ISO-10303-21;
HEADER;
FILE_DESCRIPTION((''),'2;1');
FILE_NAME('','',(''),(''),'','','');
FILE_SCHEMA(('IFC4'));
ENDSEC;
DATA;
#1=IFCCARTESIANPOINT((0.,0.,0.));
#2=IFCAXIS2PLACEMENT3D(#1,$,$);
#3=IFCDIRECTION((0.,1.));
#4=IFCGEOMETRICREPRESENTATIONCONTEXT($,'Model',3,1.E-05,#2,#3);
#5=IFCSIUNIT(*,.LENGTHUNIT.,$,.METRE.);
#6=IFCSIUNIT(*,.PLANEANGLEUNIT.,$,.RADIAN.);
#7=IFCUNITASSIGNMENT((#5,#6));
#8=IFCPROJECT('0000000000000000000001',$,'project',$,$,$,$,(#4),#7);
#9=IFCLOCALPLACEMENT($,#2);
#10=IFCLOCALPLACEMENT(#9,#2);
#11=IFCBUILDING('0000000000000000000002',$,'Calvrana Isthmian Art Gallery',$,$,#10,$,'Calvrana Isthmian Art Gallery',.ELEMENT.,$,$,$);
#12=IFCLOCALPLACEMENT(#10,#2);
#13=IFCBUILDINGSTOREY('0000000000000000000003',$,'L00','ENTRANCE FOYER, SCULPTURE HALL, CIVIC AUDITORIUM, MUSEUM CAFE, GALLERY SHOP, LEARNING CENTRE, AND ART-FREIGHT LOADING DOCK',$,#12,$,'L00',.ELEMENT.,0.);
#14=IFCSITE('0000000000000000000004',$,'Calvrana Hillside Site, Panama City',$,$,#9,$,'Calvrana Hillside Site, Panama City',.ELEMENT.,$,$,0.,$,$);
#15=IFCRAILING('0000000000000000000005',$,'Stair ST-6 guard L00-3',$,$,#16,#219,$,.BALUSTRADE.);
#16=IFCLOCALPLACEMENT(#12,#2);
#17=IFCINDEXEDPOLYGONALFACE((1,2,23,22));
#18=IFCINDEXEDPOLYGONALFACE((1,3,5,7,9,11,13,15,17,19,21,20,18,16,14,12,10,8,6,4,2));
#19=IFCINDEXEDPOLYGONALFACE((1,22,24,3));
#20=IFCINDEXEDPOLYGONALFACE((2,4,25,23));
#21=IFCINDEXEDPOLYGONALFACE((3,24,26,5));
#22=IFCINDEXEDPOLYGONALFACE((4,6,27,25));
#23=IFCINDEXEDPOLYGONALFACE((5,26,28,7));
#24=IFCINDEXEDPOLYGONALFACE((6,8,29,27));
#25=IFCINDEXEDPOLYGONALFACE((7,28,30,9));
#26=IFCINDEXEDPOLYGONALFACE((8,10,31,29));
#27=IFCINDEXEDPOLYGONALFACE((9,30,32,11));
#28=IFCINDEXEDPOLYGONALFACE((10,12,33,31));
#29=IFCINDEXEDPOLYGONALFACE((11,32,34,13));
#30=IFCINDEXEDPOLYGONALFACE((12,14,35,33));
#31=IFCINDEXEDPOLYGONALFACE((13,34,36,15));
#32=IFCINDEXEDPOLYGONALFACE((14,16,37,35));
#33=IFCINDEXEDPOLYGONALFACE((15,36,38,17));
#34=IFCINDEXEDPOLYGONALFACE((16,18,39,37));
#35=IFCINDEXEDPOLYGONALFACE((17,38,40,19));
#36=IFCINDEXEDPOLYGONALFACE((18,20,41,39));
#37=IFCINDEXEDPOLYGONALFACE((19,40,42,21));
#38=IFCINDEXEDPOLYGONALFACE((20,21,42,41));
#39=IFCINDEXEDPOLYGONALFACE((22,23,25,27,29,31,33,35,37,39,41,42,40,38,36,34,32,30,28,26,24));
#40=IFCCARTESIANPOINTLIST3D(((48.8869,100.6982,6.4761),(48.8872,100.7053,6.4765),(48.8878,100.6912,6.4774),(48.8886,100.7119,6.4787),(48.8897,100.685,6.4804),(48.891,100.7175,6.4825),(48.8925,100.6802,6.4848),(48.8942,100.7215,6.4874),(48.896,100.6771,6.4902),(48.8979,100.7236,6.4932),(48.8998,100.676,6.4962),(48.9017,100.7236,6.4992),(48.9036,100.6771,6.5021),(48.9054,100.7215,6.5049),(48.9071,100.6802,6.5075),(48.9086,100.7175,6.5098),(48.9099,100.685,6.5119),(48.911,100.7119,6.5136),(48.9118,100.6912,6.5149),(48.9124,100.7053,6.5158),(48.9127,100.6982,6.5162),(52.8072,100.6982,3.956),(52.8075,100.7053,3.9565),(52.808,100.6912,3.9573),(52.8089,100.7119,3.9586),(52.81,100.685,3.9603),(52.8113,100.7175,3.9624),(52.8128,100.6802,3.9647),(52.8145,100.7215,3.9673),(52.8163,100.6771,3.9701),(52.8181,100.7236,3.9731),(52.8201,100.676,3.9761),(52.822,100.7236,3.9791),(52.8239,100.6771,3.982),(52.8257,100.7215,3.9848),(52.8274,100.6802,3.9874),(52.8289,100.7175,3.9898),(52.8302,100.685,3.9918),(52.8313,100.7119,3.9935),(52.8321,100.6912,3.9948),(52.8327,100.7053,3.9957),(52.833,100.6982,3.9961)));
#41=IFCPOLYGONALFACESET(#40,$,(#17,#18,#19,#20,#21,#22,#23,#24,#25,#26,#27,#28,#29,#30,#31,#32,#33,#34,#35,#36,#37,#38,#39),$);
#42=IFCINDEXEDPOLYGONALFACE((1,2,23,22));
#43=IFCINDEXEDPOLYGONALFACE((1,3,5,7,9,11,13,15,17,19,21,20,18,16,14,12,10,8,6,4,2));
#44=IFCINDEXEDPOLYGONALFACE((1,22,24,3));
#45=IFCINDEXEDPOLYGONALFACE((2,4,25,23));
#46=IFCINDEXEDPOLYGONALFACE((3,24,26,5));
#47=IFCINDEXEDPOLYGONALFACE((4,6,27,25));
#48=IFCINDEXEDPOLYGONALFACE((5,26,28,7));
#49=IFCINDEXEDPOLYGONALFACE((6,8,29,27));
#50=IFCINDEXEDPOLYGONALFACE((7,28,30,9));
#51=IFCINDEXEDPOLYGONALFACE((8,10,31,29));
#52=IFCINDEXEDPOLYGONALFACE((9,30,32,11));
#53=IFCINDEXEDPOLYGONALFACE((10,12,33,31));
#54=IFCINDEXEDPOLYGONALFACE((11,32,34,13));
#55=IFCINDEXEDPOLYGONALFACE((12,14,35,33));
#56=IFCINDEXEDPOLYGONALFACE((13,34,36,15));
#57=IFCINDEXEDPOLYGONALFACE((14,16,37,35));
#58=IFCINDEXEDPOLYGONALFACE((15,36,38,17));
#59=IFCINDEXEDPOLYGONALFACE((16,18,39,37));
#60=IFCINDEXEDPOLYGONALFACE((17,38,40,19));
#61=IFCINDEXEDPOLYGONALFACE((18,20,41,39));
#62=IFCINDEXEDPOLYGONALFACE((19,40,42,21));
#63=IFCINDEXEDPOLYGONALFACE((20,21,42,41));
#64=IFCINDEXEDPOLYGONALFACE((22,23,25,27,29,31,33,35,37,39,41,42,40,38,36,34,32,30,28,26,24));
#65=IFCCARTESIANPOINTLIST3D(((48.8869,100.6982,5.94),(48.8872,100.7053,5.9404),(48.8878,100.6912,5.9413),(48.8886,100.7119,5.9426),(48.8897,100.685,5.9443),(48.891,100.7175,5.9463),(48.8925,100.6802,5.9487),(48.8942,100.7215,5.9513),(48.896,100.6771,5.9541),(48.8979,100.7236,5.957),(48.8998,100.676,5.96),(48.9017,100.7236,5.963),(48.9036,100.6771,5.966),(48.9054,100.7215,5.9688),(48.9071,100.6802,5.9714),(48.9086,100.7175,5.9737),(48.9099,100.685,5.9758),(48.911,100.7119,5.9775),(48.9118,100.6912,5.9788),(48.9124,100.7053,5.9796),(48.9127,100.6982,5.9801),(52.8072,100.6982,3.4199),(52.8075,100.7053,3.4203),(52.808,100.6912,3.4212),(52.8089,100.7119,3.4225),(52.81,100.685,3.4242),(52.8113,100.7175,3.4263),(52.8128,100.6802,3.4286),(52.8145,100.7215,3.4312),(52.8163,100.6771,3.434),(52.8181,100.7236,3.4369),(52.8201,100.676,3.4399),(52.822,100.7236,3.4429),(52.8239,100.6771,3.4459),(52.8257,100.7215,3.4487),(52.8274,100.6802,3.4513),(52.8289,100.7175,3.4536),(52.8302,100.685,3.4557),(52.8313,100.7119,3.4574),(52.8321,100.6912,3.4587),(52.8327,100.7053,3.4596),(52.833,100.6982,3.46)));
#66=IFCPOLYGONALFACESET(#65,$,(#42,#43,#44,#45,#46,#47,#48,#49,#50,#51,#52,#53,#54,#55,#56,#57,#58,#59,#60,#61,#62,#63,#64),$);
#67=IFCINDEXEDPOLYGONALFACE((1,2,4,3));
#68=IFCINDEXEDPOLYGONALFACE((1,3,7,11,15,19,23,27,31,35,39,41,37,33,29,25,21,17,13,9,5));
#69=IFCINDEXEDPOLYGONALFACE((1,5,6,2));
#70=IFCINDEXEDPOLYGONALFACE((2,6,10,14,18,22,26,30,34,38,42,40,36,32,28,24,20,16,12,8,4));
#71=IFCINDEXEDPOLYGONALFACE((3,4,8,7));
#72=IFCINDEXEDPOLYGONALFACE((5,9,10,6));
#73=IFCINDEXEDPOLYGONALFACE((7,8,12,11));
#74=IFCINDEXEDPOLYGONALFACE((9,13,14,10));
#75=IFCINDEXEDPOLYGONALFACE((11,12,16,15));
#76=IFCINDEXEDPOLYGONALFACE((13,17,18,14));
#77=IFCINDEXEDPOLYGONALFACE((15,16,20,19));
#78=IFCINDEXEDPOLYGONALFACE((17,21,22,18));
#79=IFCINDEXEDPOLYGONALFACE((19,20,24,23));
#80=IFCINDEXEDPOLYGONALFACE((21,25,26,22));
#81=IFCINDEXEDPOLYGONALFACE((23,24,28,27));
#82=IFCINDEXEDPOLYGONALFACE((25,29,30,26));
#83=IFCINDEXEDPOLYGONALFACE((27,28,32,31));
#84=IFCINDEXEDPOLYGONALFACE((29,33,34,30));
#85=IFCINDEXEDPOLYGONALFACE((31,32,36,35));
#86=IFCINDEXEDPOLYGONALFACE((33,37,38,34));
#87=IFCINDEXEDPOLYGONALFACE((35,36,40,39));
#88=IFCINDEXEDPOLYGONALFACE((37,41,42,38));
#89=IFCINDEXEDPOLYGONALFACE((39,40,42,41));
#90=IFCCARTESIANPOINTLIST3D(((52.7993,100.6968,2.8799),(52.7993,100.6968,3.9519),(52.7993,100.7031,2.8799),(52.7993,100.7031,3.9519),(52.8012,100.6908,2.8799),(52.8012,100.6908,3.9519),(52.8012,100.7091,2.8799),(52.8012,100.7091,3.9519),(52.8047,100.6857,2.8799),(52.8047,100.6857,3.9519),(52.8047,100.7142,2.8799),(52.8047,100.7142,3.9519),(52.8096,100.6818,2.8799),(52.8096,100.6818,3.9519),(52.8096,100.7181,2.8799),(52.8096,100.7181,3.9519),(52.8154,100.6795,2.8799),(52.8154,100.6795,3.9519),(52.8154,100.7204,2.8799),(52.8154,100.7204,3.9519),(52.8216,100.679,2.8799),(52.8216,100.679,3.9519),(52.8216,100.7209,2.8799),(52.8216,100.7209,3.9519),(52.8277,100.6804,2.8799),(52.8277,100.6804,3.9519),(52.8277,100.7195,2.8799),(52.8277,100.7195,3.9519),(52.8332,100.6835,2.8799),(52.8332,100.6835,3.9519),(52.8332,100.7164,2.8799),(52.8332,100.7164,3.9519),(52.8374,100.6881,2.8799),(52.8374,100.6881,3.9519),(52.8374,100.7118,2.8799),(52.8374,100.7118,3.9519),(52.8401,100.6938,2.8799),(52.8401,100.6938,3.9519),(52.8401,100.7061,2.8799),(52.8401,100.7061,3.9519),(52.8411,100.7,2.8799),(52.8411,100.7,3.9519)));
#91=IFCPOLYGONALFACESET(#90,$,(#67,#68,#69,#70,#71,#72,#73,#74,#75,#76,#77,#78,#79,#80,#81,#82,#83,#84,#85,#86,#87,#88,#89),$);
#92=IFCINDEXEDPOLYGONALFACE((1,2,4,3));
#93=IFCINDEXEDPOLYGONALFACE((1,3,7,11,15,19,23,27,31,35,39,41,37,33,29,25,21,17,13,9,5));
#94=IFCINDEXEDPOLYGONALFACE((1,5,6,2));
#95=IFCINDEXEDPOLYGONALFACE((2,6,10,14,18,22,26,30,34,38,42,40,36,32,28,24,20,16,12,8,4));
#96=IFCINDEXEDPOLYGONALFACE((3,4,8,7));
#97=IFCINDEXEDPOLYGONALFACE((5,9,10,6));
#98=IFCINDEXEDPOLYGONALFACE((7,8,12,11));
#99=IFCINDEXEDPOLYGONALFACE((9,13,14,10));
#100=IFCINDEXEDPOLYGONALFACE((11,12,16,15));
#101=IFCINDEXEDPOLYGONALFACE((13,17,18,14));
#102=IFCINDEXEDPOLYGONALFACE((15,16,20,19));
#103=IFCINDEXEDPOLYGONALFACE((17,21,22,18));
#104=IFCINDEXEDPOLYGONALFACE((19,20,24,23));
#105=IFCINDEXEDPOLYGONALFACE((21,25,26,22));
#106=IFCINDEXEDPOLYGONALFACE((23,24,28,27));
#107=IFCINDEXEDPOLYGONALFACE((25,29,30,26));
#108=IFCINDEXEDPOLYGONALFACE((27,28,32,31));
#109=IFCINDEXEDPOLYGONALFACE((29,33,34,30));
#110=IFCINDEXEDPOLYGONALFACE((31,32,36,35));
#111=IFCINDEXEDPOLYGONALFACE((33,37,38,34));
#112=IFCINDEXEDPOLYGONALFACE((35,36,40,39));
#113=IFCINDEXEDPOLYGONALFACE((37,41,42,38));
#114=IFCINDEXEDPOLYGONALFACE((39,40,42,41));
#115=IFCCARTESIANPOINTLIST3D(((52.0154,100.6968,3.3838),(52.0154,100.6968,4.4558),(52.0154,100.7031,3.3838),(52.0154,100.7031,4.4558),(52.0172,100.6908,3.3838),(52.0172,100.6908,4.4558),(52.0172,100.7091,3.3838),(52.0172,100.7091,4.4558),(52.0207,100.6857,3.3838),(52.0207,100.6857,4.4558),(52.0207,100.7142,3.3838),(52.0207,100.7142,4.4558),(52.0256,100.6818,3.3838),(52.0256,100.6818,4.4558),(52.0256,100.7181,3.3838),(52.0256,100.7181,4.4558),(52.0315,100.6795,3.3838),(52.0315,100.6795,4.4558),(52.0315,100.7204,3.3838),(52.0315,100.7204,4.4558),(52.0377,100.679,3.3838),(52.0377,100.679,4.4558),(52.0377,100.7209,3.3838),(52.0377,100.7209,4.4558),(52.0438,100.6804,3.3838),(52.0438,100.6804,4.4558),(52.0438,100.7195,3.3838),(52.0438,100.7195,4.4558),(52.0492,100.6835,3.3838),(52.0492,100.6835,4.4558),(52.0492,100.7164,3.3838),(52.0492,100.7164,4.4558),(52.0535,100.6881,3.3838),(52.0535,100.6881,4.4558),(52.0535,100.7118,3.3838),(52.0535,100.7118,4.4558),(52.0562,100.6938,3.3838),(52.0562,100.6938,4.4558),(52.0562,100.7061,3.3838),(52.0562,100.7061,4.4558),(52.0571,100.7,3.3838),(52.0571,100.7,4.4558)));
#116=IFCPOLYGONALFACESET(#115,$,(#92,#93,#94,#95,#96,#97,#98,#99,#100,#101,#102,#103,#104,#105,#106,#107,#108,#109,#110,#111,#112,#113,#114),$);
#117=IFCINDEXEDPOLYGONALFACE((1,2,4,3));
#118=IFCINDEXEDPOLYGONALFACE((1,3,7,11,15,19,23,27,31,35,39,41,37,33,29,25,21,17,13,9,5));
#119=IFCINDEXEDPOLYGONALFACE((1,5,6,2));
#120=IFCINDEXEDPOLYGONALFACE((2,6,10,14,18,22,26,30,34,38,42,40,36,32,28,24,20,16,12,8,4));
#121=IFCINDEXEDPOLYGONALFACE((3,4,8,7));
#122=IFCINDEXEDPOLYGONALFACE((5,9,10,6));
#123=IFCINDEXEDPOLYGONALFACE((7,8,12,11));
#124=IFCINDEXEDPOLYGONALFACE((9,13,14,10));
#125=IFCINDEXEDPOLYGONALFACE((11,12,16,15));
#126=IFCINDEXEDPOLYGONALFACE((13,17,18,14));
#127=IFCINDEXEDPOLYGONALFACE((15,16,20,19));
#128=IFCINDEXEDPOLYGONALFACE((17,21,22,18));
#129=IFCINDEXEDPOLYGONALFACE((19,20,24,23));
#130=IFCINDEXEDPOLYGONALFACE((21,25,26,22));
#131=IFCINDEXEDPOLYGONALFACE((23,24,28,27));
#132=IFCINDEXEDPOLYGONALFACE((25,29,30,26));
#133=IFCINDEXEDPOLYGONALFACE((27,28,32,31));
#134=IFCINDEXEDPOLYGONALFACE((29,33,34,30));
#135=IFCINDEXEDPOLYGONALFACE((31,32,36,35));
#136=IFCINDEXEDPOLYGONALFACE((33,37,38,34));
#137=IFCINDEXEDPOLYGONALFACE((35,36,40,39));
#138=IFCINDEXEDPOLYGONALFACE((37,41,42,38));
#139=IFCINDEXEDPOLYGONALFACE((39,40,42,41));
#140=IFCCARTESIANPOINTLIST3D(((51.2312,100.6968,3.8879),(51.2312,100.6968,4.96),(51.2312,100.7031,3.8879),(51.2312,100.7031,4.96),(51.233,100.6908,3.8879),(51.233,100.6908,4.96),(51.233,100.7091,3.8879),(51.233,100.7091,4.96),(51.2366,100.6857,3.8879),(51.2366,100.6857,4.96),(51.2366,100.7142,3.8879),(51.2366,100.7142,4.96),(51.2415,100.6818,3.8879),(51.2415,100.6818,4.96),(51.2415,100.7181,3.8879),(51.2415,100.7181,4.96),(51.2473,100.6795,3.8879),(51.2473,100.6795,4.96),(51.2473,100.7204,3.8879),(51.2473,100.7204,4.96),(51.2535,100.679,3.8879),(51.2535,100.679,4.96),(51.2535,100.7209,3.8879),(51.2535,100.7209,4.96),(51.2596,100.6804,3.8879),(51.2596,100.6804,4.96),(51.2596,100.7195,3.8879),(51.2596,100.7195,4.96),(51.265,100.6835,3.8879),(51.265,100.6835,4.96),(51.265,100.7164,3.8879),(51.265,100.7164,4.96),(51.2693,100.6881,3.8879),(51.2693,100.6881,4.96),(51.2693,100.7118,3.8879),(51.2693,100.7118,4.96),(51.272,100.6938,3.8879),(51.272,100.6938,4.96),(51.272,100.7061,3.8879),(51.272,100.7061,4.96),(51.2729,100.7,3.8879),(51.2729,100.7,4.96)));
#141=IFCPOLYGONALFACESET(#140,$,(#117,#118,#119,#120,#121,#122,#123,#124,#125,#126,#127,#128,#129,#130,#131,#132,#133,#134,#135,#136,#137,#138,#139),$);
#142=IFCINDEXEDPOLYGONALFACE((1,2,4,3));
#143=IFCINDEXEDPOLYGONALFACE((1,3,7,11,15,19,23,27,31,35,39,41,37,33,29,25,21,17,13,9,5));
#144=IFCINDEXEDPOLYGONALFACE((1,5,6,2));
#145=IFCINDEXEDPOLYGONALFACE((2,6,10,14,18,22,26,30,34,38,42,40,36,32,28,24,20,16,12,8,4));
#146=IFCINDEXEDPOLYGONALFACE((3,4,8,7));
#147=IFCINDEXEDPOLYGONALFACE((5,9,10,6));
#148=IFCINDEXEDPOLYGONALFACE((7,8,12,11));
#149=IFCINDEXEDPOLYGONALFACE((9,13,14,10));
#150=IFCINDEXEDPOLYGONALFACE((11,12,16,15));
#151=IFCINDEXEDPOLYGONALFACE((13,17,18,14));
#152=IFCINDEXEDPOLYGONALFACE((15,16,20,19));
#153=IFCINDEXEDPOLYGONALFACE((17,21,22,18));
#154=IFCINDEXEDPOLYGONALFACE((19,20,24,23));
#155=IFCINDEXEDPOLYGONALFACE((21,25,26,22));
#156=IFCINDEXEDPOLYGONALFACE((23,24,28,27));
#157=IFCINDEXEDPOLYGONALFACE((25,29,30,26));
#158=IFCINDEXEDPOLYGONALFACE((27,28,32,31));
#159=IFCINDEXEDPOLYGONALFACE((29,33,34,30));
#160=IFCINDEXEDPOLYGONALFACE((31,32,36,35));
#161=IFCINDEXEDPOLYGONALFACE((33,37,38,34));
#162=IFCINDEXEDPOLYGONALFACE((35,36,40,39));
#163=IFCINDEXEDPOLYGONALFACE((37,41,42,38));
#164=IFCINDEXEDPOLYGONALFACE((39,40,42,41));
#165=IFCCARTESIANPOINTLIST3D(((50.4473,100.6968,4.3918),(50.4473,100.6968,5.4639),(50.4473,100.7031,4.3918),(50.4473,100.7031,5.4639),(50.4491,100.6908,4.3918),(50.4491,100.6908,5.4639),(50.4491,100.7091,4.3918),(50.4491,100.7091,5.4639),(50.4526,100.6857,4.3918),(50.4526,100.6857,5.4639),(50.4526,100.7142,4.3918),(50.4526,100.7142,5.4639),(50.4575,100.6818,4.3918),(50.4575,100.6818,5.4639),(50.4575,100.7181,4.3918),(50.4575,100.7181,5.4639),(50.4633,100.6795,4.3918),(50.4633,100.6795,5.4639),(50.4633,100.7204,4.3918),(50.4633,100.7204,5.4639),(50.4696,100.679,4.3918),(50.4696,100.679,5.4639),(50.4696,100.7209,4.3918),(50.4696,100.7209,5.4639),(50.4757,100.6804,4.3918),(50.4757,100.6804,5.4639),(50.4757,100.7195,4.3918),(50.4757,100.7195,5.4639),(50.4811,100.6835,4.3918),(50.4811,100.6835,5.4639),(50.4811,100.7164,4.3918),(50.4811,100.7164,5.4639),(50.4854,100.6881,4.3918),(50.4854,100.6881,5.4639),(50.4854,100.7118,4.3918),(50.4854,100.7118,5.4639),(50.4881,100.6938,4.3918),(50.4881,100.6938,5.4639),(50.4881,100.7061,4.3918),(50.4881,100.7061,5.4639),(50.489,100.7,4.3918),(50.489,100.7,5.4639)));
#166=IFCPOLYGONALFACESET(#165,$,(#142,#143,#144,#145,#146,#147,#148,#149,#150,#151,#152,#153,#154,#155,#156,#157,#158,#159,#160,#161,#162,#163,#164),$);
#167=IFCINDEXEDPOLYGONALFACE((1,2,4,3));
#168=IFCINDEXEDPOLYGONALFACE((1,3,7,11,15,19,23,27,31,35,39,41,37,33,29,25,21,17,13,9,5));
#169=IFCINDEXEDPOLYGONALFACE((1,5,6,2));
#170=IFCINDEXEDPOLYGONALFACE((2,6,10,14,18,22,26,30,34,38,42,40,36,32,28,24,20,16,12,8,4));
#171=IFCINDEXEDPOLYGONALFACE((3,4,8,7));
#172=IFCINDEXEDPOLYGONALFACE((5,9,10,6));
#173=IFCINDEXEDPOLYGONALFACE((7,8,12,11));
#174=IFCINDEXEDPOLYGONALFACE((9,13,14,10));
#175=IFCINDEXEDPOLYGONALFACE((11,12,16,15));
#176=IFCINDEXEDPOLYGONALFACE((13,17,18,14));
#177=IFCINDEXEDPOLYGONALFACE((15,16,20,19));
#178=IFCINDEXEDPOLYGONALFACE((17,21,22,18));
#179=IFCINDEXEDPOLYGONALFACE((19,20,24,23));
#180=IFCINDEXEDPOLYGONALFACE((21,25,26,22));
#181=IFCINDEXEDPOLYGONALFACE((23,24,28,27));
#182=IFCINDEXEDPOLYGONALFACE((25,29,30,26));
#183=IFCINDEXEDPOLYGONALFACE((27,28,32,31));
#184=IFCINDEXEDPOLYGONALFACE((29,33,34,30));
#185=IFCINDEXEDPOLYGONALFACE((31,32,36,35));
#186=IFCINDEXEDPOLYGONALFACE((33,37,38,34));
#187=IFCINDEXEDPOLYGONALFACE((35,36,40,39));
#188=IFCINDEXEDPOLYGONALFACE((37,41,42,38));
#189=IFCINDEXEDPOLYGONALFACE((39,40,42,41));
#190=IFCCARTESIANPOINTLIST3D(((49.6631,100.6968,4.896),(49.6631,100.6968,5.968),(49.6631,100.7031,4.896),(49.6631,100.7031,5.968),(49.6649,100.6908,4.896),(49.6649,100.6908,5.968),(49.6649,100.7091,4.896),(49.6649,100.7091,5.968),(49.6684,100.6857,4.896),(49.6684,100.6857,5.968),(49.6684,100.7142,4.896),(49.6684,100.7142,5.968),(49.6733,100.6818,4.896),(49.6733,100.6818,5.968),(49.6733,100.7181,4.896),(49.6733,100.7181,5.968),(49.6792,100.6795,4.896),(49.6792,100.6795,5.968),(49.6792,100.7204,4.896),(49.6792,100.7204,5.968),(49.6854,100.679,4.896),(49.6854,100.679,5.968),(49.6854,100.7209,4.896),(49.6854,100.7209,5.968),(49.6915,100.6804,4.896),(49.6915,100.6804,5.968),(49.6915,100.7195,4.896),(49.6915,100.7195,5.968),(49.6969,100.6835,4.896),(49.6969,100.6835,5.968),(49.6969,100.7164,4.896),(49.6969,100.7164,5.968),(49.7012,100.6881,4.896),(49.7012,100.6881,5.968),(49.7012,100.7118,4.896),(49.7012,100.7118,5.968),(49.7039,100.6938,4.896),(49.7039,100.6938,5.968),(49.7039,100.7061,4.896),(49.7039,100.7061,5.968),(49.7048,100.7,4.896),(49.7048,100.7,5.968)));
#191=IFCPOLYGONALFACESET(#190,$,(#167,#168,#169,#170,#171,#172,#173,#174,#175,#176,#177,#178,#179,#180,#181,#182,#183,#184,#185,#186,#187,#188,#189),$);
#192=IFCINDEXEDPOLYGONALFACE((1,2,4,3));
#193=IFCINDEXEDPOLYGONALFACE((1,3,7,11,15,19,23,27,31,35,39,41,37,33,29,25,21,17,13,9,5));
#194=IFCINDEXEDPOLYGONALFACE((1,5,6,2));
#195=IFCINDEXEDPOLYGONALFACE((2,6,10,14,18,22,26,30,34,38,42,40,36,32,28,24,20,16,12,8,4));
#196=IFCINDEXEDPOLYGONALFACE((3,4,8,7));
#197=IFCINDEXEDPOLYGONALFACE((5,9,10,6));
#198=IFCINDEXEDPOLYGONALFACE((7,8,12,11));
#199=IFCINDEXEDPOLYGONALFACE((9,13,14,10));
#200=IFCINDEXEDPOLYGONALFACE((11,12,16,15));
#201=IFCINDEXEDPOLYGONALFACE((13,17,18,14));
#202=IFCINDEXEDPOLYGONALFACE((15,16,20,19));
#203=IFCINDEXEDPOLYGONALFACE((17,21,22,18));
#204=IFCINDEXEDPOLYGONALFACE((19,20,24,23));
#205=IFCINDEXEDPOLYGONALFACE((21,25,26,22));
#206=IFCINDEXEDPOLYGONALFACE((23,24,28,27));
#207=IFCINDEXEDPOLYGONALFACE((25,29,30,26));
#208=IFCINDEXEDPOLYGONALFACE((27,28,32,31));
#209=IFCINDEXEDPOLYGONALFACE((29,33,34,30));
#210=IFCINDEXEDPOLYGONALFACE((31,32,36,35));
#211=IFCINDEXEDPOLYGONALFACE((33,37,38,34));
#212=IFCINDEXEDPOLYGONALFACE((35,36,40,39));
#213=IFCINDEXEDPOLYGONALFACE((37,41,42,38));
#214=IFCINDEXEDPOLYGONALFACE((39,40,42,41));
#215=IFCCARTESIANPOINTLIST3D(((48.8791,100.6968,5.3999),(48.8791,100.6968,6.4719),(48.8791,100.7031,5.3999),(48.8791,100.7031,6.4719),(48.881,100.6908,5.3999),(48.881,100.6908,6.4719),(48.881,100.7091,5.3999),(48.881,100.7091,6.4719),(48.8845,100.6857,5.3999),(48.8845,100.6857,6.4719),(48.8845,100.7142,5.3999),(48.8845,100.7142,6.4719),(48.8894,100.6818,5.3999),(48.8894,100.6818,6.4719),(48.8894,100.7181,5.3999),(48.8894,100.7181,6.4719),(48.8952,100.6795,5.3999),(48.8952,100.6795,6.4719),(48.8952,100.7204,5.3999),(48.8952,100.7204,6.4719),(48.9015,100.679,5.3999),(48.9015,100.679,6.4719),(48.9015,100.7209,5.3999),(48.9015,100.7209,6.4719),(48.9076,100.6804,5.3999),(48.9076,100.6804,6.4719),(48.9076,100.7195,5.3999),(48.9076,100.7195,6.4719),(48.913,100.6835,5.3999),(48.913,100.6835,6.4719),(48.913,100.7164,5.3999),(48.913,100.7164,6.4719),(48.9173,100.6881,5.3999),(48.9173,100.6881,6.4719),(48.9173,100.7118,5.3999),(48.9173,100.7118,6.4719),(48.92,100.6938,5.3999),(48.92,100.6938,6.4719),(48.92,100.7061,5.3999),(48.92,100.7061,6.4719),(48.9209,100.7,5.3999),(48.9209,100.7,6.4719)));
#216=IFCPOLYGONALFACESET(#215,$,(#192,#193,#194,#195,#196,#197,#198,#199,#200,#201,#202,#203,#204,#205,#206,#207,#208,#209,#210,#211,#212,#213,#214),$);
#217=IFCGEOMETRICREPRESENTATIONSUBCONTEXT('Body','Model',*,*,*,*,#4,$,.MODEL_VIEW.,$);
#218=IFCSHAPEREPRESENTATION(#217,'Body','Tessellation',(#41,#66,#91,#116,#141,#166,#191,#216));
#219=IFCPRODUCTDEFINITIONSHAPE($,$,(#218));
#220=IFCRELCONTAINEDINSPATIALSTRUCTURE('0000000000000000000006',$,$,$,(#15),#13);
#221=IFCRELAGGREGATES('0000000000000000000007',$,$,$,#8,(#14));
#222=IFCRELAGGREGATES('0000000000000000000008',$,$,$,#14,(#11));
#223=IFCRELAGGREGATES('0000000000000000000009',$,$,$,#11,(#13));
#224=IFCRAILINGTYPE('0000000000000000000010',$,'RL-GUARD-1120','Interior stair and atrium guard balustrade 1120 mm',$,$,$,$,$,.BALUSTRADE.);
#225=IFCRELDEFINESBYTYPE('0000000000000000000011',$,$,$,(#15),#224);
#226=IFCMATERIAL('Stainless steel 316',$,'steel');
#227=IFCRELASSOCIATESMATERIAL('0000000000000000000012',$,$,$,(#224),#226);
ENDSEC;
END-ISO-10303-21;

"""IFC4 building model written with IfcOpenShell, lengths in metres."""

from ifc_helpers import new_model, si_unit, direction, frame, origin, origin_2d, place, context, subcontext, project, spatial, circle, extrude, material, type_object, element, save


model = new_model("IFC4")

# Units and contexts
model_context = context("Model", 3, precision=1e-05, world=origin(), true_north=direction((0.0, 1.0)))
body_context = subcontext(model_context, "Body", "Model", "MODEL_VIEW")
ifc_project = project(units=[si_unit("LENGTHUNIT", "METRE"), si_unit("PLANEANGLEUNIT", "RADIAN")], contexts=[model_context])

# Site, building, storey
site_placement = place(None, origin())
site = spatial("IfcSite", under=ifc_project, at=site_placement, Name="Calvrana Hillside Site, Panama City", LongName="Calvrana Hillside Site, Panama City", CompositionType="ELEMENT", RefElevation=0.0)
building_placement = place(site_placement, origin())
building = spatial("IfcBuilding", under=site, at=building_placement, Name="Calvrana Isthmian Art Gallery", LongName="Calvrana Isthmian Art Gallery", CompositionType="ELEMENT")
storey_placement = place(building_placement, origin())
storey = spatial("IfcBuildingStorey", under=building, at=storey_placement, Name="L00", Description="ENTRANCE FOYER, SCULPTURE HALL, CIVIC AUDITORIUM, MUSEUM CAFE, GALLERY SHOP, LEARNING CENTRE, AND ART-FREIGHT LOADING DOCK", LongName="L00", CompositionType="ELEMENT", Elevation=0.0)

# Railing
ifc_material_1 = material(Name="Stainless steel 316", Category="steel")
railing_type_1 = type_object("IfcRailingType", Name="RL-GUARD-1120", Description="Interior stair and atrium guard balustrade 1120 mm", PredefinedType="BALUSTRADE", material=ifc_material_1)
railing_1_placement = place(storey_placement, frame((52.8201, 100.7, 2.8799)))
element("IfcRailing", 1, at=railing_1_placement, inside=storey, type_object=railing_type_1, Name="Stair ST-6 guard L00-3", PredefinedType="BALUSTRADE", context=body_context, shape_type="SweptSolid", body=[
    extrude(circle(Radius=0.0239, at=origin_2d()), frame((0.0, 0.0, 1.0962), z_axis=(-0.841187, 0.0, 0.540744), x_axis=(0.0, -1.0, 0.0)), (0.0, 0.0, 1.0), 4.6604),
    extrude(circle(Radius=0.0239, at=origin_2d()), frame((0.0, 0.0, 0.5601), z_axis=(-0.841187, 0.0, 0.540744), x_axis=(0.0, -1.0, 0.0)), (0.0, 0.0, 1.0), 4.6604),
    extrude(circle(Radius=0.021, at=origin_2d()), origin(), (0.0, 0.0, 1.0), 1.072),
    extrude(circle(Radius=0.021, at=origin_2d()), frame((-0.7839, 0.0, 0.5039)), (0.0, 0.0, 1.0), 1.072),
    extrude(circle(Radius=0.021, at=origin_2d()), frame((-1.5681, 0.0, 1.0081)), (0.0, 0.0, 1.0), 1.072),
    extrude(circle(Radius=0.021, at=origin_2d()), frame((-2.3521, 0.0, 1.512)), (0.0, 0.0, 1.0), 1.072),
    extrude(circle(Radius=0.021, at=origin_2d()), frame((-3.1362, 0.0, 2.0161)), (0.0, 0.0, 1.0), 1.072),
    extrude(circle(Radius=0.021, at=origin_2d()), frame((-3.9202, 0.0, 2.52)), (0.0, 0.0, 1.0), 1.072),
])

save(model, "model.ifc")
